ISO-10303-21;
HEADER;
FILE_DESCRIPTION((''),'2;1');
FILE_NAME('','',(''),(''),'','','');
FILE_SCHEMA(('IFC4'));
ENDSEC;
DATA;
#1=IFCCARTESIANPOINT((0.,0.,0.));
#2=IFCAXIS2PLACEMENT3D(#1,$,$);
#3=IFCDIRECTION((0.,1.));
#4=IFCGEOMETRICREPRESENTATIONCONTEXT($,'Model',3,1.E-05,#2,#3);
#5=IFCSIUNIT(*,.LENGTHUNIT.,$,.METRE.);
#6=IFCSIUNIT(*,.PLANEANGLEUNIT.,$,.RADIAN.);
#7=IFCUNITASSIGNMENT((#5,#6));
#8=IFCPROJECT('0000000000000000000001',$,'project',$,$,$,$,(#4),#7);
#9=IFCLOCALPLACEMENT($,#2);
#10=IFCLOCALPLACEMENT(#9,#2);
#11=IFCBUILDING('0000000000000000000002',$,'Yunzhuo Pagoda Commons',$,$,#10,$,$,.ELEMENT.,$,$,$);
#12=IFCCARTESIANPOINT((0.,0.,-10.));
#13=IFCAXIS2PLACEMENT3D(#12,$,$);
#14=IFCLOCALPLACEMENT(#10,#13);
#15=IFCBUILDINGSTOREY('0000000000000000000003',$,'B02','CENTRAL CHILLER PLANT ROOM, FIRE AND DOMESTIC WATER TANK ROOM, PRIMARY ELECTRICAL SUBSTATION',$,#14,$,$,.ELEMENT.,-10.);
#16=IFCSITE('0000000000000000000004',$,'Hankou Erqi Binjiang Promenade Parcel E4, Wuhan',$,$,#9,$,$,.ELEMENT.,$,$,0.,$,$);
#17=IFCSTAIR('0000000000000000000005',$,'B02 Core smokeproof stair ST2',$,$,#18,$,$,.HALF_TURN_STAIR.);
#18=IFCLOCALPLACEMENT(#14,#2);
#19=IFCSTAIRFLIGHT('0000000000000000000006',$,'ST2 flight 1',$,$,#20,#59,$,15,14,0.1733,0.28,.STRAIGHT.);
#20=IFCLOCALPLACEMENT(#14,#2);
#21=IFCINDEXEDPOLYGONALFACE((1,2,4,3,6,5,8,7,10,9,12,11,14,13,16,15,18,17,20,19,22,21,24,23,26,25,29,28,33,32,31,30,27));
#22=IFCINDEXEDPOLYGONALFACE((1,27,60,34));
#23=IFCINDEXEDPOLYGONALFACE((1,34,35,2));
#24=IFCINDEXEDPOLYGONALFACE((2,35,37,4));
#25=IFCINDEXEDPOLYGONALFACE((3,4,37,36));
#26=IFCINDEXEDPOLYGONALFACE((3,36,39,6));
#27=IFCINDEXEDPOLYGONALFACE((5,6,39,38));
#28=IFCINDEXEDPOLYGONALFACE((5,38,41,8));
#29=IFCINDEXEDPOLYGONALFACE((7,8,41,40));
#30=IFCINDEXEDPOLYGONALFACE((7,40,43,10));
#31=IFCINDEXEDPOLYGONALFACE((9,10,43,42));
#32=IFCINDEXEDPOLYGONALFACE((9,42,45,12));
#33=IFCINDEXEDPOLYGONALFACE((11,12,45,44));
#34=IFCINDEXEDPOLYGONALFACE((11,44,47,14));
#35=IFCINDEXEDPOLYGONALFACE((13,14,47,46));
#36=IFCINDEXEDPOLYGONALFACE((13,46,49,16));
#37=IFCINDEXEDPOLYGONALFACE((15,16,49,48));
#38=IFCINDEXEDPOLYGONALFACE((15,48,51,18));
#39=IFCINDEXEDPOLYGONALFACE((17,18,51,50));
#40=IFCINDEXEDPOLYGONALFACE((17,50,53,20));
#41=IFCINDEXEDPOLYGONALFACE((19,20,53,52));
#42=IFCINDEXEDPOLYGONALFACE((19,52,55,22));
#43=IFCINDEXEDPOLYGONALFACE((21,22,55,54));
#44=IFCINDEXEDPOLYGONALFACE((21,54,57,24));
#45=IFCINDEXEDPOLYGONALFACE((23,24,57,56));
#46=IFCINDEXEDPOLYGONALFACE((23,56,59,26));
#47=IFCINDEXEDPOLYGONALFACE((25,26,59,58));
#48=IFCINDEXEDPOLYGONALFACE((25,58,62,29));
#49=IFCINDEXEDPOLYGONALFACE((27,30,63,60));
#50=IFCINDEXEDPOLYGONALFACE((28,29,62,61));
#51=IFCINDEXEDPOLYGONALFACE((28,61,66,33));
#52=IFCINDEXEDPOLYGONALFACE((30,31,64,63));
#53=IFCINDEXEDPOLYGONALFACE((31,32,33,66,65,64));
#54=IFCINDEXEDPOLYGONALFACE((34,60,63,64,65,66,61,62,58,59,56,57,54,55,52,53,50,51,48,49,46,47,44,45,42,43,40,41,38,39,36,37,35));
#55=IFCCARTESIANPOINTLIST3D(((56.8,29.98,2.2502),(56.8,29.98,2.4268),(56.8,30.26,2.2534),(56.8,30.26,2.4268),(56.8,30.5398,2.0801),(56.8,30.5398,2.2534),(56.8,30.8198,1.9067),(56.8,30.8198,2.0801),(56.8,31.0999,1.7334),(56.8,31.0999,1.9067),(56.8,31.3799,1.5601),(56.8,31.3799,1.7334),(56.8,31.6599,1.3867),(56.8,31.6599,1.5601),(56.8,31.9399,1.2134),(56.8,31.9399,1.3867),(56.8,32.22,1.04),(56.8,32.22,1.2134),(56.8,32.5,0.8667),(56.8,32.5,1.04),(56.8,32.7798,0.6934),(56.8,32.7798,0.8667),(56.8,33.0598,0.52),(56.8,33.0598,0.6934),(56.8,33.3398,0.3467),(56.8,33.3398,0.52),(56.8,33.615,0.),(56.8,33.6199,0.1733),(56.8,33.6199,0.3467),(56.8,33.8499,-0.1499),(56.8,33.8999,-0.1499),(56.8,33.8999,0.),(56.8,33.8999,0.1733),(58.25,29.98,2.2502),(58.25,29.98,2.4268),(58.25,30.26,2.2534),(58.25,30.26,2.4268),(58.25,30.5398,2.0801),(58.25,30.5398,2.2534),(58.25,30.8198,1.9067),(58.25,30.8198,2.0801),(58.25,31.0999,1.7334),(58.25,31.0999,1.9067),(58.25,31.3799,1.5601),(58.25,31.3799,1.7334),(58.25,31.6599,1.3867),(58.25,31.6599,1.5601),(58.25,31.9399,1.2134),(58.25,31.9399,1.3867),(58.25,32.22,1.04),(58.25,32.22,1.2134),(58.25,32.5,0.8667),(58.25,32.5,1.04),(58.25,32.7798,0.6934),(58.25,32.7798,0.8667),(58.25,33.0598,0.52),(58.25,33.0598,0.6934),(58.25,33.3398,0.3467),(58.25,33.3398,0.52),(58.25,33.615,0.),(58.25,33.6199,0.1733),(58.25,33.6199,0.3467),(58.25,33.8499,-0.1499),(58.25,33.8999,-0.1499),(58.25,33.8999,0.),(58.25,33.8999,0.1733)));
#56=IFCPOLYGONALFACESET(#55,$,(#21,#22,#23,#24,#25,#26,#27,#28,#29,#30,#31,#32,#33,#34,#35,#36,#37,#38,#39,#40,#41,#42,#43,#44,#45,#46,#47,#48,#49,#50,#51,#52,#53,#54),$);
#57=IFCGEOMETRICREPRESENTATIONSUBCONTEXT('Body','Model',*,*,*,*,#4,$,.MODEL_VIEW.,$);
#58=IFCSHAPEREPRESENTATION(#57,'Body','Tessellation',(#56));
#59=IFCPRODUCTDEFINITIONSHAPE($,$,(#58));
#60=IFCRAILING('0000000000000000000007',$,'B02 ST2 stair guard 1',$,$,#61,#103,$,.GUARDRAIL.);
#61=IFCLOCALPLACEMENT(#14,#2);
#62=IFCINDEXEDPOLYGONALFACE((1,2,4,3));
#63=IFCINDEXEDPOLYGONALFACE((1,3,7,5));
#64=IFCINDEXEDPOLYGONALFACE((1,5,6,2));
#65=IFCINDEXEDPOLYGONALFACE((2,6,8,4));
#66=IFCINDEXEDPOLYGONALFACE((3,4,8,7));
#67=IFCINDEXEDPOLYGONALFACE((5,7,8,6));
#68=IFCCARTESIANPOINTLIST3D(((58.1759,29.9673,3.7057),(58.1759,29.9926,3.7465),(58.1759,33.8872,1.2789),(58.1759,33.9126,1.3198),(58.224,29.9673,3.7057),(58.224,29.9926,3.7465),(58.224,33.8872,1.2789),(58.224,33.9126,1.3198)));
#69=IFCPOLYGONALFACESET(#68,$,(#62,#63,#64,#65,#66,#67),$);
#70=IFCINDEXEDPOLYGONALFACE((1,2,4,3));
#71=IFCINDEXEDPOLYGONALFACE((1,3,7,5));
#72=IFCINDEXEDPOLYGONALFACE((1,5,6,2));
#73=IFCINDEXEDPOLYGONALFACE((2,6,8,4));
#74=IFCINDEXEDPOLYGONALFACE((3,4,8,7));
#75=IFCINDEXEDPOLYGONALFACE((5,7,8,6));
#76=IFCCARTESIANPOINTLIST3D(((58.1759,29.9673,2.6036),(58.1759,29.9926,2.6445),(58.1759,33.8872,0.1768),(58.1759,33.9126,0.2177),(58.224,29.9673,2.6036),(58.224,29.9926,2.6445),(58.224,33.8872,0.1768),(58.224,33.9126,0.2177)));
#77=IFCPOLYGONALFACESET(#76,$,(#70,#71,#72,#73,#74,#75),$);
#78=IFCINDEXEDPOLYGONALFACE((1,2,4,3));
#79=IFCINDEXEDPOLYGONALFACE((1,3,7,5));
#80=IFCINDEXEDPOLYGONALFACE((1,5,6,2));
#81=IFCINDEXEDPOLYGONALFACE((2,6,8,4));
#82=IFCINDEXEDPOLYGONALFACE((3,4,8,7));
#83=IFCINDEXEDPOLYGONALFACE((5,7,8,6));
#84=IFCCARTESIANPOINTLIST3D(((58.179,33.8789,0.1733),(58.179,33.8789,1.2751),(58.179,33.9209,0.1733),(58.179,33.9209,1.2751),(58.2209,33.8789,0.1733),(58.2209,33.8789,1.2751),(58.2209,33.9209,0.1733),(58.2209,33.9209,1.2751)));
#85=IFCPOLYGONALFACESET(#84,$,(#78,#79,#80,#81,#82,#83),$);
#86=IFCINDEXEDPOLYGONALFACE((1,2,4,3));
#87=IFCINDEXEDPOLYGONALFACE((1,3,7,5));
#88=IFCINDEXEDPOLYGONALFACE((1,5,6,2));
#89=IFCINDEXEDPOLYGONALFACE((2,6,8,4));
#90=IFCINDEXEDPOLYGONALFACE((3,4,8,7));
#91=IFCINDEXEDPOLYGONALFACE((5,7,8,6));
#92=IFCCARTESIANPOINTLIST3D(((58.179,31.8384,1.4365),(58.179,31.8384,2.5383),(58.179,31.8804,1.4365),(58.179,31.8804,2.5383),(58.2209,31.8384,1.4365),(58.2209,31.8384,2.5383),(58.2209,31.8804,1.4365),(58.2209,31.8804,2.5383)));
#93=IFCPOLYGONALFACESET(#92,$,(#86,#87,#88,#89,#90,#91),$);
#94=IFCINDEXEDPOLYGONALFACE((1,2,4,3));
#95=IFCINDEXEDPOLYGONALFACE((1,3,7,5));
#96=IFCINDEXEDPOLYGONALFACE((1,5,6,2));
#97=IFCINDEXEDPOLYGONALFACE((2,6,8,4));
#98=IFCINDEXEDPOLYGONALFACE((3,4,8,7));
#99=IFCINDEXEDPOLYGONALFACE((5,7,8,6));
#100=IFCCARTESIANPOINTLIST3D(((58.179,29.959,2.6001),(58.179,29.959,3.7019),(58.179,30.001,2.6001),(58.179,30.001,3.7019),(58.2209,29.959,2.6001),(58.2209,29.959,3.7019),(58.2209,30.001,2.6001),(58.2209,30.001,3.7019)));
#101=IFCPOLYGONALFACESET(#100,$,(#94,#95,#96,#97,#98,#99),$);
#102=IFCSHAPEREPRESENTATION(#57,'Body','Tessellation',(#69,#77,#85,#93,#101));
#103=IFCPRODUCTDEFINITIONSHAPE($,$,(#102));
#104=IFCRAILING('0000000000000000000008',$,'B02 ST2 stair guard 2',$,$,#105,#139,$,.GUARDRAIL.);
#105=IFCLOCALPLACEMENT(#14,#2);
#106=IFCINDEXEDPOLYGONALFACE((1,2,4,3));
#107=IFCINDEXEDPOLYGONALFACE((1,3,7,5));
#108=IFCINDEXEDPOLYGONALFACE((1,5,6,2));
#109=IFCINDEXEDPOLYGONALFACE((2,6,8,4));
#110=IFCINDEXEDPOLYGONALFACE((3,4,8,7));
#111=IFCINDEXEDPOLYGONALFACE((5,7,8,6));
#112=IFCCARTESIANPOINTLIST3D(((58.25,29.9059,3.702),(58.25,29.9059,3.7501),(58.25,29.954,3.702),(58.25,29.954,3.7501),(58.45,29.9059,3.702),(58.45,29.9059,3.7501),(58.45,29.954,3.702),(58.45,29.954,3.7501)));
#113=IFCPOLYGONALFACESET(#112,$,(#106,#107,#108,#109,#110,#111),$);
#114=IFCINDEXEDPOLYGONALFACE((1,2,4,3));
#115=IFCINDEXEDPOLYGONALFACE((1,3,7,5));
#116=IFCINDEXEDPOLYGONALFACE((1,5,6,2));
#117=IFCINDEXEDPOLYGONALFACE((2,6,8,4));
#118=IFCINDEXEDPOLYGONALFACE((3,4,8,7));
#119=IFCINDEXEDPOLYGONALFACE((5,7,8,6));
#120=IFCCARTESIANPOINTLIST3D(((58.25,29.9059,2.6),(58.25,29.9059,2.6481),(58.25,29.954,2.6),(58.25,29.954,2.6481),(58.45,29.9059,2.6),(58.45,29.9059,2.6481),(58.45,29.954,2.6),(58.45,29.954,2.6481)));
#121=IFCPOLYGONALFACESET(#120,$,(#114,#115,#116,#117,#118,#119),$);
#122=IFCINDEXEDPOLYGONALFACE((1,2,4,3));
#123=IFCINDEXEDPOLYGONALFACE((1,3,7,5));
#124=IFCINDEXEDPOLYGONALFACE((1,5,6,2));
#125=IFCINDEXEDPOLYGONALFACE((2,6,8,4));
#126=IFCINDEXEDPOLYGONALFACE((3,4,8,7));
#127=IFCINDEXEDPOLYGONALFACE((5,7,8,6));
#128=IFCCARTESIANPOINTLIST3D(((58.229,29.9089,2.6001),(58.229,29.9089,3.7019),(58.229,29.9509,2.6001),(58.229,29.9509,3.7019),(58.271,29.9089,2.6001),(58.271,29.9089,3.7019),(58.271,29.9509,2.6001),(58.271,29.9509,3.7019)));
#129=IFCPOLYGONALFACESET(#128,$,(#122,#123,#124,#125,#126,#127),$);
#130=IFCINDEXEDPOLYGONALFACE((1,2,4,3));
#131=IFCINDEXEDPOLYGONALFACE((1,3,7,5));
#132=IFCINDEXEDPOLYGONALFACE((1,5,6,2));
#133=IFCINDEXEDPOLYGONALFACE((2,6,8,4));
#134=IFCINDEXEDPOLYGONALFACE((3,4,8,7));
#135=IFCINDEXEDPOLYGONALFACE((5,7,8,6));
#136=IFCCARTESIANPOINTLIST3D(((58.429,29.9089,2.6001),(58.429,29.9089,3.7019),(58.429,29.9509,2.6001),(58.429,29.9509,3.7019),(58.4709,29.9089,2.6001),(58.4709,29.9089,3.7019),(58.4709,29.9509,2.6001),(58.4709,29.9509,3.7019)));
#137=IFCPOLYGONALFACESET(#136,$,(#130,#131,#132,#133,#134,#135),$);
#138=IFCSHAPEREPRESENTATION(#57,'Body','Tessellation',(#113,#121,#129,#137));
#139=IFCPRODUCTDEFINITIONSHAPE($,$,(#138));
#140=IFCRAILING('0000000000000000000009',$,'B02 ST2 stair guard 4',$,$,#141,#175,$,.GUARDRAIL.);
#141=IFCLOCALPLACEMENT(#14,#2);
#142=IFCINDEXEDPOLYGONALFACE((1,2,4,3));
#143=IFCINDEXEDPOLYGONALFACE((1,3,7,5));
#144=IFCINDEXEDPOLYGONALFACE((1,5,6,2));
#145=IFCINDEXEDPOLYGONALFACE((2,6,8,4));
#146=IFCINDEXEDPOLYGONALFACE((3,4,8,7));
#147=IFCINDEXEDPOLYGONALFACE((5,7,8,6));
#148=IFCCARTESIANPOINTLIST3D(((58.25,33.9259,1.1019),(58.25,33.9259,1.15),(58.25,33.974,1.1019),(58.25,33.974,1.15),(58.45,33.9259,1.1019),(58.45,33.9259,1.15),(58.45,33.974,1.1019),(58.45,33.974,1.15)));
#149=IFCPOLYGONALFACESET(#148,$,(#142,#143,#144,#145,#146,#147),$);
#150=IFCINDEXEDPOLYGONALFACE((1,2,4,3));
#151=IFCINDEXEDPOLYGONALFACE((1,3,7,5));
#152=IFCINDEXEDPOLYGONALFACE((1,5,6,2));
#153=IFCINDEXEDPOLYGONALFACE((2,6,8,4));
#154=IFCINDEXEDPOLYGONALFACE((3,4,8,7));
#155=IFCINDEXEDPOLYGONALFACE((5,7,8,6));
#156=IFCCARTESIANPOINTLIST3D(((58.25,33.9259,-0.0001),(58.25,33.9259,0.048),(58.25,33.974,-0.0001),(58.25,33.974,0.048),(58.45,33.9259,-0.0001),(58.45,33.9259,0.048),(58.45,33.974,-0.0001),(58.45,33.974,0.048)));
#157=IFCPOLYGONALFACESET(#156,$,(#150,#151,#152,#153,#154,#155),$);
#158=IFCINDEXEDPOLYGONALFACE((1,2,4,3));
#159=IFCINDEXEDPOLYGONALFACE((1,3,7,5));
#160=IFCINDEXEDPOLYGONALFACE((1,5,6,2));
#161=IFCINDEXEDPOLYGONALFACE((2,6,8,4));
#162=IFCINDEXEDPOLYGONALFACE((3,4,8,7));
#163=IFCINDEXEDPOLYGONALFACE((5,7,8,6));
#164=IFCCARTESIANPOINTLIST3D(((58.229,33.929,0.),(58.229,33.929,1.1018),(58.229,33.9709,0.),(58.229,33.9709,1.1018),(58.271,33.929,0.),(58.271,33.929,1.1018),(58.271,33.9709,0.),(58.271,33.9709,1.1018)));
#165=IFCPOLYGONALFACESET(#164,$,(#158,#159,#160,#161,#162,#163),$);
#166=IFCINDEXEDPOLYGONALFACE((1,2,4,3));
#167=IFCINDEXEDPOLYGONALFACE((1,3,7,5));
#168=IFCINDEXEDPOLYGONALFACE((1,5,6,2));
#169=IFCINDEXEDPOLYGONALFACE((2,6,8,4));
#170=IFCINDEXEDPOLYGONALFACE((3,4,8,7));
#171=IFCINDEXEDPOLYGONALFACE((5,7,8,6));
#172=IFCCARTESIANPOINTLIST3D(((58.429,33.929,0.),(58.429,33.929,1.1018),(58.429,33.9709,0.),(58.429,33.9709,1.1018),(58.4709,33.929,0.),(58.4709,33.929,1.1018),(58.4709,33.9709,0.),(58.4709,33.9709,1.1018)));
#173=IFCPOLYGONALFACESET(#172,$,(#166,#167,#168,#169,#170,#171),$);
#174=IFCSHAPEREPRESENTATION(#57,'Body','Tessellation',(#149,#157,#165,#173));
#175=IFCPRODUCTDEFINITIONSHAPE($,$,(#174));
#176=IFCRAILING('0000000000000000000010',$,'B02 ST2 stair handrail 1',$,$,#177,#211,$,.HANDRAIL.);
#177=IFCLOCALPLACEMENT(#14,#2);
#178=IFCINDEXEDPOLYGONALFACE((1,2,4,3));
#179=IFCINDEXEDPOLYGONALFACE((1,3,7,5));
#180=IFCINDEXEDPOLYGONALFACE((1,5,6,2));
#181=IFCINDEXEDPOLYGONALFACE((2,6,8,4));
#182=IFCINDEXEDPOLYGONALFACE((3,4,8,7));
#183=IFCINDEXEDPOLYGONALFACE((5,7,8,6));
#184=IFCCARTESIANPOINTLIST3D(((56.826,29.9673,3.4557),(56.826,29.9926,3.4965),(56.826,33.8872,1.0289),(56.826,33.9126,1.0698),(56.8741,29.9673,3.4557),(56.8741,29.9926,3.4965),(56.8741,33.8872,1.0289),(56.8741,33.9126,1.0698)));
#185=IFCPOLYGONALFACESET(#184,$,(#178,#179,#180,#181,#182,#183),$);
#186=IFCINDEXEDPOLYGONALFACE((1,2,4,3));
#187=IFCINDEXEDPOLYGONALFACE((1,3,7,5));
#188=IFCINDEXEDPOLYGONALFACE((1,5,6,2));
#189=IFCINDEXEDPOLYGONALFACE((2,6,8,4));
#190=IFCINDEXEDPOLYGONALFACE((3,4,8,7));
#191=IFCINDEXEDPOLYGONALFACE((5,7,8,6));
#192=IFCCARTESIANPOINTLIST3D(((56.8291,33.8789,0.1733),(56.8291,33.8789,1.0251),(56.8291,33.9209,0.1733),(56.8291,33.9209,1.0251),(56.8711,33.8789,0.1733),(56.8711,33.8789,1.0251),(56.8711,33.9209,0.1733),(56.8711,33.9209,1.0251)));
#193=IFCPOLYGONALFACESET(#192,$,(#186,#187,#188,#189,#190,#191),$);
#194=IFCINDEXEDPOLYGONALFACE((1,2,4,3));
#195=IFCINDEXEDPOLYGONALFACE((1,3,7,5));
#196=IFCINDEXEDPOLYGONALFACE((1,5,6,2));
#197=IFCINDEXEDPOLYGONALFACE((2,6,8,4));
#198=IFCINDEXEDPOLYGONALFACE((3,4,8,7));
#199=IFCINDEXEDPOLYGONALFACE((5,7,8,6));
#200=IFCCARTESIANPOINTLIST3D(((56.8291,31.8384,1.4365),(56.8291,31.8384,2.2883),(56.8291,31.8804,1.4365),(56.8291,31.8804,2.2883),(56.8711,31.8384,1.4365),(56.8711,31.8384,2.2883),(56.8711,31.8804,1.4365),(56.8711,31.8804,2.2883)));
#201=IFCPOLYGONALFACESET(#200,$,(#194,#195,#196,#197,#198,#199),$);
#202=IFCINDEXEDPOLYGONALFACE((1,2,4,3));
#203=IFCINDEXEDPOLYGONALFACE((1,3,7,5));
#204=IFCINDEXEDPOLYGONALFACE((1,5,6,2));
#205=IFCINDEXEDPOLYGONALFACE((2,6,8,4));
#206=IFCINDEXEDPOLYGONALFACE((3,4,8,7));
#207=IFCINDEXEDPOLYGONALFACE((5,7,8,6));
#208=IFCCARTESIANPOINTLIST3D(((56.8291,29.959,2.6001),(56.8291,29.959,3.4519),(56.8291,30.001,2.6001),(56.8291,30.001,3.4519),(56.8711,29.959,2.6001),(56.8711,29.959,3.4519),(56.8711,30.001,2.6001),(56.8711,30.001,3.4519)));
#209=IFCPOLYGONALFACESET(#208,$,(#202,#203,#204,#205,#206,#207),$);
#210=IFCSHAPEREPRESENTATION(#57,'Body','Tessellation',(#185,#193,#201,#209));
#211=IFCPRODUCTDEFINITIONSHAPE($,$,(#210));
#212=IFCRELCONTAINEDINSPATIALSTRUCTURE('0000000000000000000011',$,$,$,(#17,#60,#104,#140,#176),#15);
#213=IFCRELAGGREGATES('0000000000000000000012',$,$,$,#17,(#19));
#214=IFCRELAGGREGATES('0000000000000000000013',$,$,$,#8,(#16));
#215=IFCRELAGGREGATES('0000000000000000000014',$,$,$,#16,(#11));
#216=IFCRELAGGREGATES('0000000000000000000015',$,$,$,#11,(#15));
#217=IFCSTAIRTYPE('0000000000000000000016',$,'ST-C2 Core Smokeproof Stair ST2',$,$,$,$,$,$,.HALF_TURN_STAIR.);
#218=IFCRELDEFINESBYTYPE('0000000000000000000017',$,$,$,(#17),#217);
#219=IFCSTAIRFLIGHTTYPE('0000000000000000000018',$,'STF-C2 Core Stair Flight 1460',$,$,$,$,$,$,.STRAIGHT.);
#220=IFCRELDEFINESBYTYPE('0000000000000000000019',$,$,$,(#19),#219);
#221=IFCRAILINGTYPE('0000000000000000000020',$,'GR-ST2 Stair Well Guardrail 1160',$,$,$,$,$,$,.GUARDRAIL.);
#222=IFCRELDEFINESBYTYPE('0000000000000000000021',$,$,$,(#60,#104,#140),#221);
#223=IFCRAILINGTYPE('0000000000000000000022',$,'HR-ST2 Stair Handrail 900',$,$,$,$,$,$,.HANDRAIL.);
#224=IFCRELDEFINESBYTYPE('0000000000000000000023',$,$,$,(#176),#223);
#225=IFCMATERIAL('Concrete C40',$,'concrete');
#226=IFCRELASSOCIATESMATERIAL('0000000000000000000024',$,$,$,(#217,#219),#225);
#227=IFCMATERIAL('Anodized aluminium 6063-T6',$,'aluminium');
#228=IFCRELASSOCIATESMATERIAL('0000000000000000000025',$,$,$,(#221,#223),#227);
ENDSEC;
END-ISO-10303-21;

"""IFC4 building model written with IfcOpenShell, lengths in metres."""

from ifc_helpers import new_model, si_unit, direction, frame, origin, origin_2d, place, context, subcontext, project, spatial, polyline, rectangle, outline, extrude, source, transform, mapped, material, type_object, element, aggregate, save


model = new_model("IFC4")

# Units and contexts
model_context = context("Model", 3, precision=1e-05, world=origin(), true_north=direction((0.0, 1.0)))
body_context = subcontext(model_context, "Body", "Model", "MODEL_VIEW")
ifc_project = project(units=[si_unit("LENGTHUNIT", "METRE"), si_unit("PLANEANGLEUNIT", "RADIAN")], contexts=[model_context])

# Site, building, storey
site_placement = place(None, origin())
site = spatial("IfcSite", under=ifc_project, at=site_placement, Name="Hankou Erqi Binjiang Promenade Parcel E4, Wuhan", CompositionType="ELEMENT", RefElevation=0.0)
building_placement = place(site_placement, origin())
building = spatial("IfcBuilding", under=site, at=building_placement, Name="Yunzhuo Pagoda Commons", CompositionType="ELEMENT")
storey_placement = place(building_placement, frame((0.0, 0.0, -10.0)))
storey = spatial("IfcBuildingStorey", under=building, at=storey_placement, Name="B02", Description="CENTRAL CHILLER PLANT ROOM, FIRE AND DOMESTIC WATER TANK ROOM, PRIMARY ELECTRICAL SUBSTATION", CompositionType="ELEMENT", Elevation=-10.0)

# Shared definitions
ifc_material_1 = material(Name="Concrete C40", Category="concrete")

# Stair, stair flight
stair_type = type_object("IfcStairType", Name="ST-C2 Core Smokeproof Stair ST2", PredefinedType="HALF_TURN_STAIR", material=ifc_material_1)
stair_placement = place(storey_placement, origin())
stair = element("IfcStair", 1, at=stair_placement, inside=storey, type_object=stair_type, Name="B02 Core smokeproof stair ST2", PredefinedType="HALF_TURN_STAIR")
stair_flight_type = type_object("IfcStairFlightType", Name="STF-C2 Core Stair Flight 1460", PredefinedType="STRAIGHT", material=ifc_material_1)
shared_shape_1 = source(origin(), body_context, "Body", "SweptSolid", [
    extrude(outline(polyline([(0.0, -0.1499), (0.0, 0.0), (0.0, 0.1733), (0.28, 0.1733), (0.28, 0.3467), (0.5601, 0.3467), (0.5601, 0.52), (0.8401, 0.52), (0.8401, 0.6934), (1.1201, 0.6934), (1.1201, 0.8667), (1.3999, 0.8667), (1.3999, 1.04), (1.6799, 1.04), (1.6799, 1.2134), (1.96, 1.2134), (1.96, 1.3867), (2.24, 1.3867), (2.24, 1.5601), (2.52, 1.5601), (2.52, 1.7334), (2.8, 1.7334), (2.8, 1.9067), (3.0801, 1.9067), (3.0801, 2.0801), (3.3601, 2.0801), (3.3601, 2.2534), (3.6399, 2.2534), (3.6399, 2.4268), (3.9199, 2.4268), (3.9199, 2.6001), (3.9199, 2.2502), (0.2849, 0.0), (0.05, -0.1499), (0.0, -0.1499)])), frame((0.0, 0.7251, 0.0), z_axis=(0.0, -1.0, 0.0), x_axis=(1.0, 0.0, 0.0)), (0.0, 0.0, 1.0), 1.45),
])
stair_flight_placement = place(storey_placement, frame((57.5249, 33.8999, 0.0), z_axis=(0.0, 0.0, 1.0), x_axis=(0.0, -1.0, 0.0)))
stair_flight = element("IfcStairFlight", 2, at=stair_flight_placement, type_object=stair_flight_type, Name="ST2 flight 1", NumberOfRisers=15, NumberOfTreads=14, PredefinedType="STRAIGHT", RiserHeight=0.1733, TreadLength=0.28, context=body_context, shape_type="MappedRepresentation", body=[
    mapped(shared_shape_1, transform((0.0, 0.0, 0.0), scale=1.0)),
])
aggregate(stair, [stair_flight])

# Railings
ifc_material_2 = material(Name="Anodized aluminium 6063-T6", Category="aluminium")
railing_type_1 = type_object("IfcRailingType", Name="GR-ST2 Stair Well Guardrail 1160", PredefinedType="GUARDRAIL", material=ifc_material_2)
railing_1_placement = place(storey_placement, frame((58.2, 33.8999, 0.1733)))
element("IfcRailing", 3, at=railing_1_placement, inside=storey, type_object=railing_type_1, Name="B02 ST2 stair guard 1", PredefinedType="GUARDRAIL", context=body_context, shape_type="SweptSolid", body=[
    extrude(rectangle(XDim=0.0481, YDim=0.0481, at=origin_2d()), frame((0.0, 0.0, 1.126), z_axis=(0.0, -0.850252, 0.526376), x_axis=(1.0, 0.0, 0.0)), (0.0, 0.0, 1.0), 4.6104),
    extrude(rectangle(XDim=0.0481, YDim=0.0481, at=origin_2d()), frame((0.0, 0.0, 0.0239), z_axis=(0.0, -0.850252, 0.526376), x_axis=(1.0, 0.0, 0.0)), (0.0, 0.0, 1.0), 4.6104),
    extrude(rectangle(XDim=0.042, YDim=0.042, at=origin_2d()), origin(), (0.0, 0.0, 1.0), 1.1018),
    extrude(rectangle(XDim=0.042, YDim=0.042, at=origin_2d()), frame((0.0, -2.0405, 1.2632)), (0.0, 0.0, 1.0), 1.1018),
    extrude(rectangle(XDim=0.042, YDim=0.042, at=origin_2d()), frame((0.0, -3.9199, 2.4268)), (0.0, 0.0, 1.0), 1.1018),
])
for number, where, name in (
    (4, (58.25, 29.9299, 2.6001), "B02 ST2 stair guard 2"),
    (5, (58.25, 33.95, 0.0), "B02 ST2 stair guard 4"),
):
    element("IfcRailing", number, at=place(storey_placement, frame(where)), inside=storey, type_object=railing_type_1, Name=name, PredefinedType="GUARDRAIL", context=body_context, shape_type="SweptSolid", body=[
        extrude(rectangle(XDim=0.0481, YDim=0.0481, at=origin_2d()), frame((0.0, 0.0, 1.126), z_axis=(1.0, 0.0, 0.0), x_axis=(0.0, 1.0, 0.0)), (0.0, 0.0, 1.0), 0.2),
        extrude(rectangle(XDim=0.0481, YDim=0.0481, at=origin_2d()), frame((0.0, 0.0, 0.0239), z_axis=(1.0, 0.0, 0.0), x_axis=(0.0, 1.0, 0.0)), (0.0, 0.0, 1.0), 0.2),
        extrude(rectangle(XDim=0.042, YDim=0.042, at=origin_2d()), origin(), (0.0, 0.0, 1.0), 1.1018),
        extrude(rectangle(XDim=0.042, YDim=0.042, at=origin_2d()), frame((0.2, 0.0, 0.0)), (0.0, 0.0, 1.0), 1.1018),
    ])
railing_type_2 = type_object("IfcRailingType", Name="HR-ST2 Stair Handrail 900", PredefinedType="HANDRAIL", material=ifc_material_2)
railing_2_placement = place(storey_placement, frame((56.8501, 33.8999, 0.1733)))
element("IfcRailing", 6, at=railing_2_placement, inside=storey, type_object=railing_type_2, Name="B02 ST2 stair handrail 1", PredefinedType="HANDRAIL", context=body_context, shape_type="SweptSolid", body=[
    extrude(rectangle(XDim=0.0481, YDim=0.0481, at=origin_2d()), frame((0.0, 0.0, 0.876), z_axis=(0.0, -0.850252, 0.526376), x_axis=(1.0, 0.0, 0.0)), (0.0, 0.0, 1.0), 4.6104),
    extrude(rectangle(XDim=0.042, YDim=0.042, at=origin_2d()), origin(), (0.0, 0.0, 1.0), 0.8518),
    extrude(rectangle(XDim=0.042, YDim=0.042, at=origin_2d()), frame((0.0, -2.0405, 1.2632)), (0.0, 0.0, 1.0), 0.8518),
    extrude(rectangle(XDim=0.042, YDim=0.042, at=origin_2d()), frame((0.0, -3.9199, 2.4268)), (0.0, 0.0, 1.0), 0.8518),
])

save(model, "model.ifc")
